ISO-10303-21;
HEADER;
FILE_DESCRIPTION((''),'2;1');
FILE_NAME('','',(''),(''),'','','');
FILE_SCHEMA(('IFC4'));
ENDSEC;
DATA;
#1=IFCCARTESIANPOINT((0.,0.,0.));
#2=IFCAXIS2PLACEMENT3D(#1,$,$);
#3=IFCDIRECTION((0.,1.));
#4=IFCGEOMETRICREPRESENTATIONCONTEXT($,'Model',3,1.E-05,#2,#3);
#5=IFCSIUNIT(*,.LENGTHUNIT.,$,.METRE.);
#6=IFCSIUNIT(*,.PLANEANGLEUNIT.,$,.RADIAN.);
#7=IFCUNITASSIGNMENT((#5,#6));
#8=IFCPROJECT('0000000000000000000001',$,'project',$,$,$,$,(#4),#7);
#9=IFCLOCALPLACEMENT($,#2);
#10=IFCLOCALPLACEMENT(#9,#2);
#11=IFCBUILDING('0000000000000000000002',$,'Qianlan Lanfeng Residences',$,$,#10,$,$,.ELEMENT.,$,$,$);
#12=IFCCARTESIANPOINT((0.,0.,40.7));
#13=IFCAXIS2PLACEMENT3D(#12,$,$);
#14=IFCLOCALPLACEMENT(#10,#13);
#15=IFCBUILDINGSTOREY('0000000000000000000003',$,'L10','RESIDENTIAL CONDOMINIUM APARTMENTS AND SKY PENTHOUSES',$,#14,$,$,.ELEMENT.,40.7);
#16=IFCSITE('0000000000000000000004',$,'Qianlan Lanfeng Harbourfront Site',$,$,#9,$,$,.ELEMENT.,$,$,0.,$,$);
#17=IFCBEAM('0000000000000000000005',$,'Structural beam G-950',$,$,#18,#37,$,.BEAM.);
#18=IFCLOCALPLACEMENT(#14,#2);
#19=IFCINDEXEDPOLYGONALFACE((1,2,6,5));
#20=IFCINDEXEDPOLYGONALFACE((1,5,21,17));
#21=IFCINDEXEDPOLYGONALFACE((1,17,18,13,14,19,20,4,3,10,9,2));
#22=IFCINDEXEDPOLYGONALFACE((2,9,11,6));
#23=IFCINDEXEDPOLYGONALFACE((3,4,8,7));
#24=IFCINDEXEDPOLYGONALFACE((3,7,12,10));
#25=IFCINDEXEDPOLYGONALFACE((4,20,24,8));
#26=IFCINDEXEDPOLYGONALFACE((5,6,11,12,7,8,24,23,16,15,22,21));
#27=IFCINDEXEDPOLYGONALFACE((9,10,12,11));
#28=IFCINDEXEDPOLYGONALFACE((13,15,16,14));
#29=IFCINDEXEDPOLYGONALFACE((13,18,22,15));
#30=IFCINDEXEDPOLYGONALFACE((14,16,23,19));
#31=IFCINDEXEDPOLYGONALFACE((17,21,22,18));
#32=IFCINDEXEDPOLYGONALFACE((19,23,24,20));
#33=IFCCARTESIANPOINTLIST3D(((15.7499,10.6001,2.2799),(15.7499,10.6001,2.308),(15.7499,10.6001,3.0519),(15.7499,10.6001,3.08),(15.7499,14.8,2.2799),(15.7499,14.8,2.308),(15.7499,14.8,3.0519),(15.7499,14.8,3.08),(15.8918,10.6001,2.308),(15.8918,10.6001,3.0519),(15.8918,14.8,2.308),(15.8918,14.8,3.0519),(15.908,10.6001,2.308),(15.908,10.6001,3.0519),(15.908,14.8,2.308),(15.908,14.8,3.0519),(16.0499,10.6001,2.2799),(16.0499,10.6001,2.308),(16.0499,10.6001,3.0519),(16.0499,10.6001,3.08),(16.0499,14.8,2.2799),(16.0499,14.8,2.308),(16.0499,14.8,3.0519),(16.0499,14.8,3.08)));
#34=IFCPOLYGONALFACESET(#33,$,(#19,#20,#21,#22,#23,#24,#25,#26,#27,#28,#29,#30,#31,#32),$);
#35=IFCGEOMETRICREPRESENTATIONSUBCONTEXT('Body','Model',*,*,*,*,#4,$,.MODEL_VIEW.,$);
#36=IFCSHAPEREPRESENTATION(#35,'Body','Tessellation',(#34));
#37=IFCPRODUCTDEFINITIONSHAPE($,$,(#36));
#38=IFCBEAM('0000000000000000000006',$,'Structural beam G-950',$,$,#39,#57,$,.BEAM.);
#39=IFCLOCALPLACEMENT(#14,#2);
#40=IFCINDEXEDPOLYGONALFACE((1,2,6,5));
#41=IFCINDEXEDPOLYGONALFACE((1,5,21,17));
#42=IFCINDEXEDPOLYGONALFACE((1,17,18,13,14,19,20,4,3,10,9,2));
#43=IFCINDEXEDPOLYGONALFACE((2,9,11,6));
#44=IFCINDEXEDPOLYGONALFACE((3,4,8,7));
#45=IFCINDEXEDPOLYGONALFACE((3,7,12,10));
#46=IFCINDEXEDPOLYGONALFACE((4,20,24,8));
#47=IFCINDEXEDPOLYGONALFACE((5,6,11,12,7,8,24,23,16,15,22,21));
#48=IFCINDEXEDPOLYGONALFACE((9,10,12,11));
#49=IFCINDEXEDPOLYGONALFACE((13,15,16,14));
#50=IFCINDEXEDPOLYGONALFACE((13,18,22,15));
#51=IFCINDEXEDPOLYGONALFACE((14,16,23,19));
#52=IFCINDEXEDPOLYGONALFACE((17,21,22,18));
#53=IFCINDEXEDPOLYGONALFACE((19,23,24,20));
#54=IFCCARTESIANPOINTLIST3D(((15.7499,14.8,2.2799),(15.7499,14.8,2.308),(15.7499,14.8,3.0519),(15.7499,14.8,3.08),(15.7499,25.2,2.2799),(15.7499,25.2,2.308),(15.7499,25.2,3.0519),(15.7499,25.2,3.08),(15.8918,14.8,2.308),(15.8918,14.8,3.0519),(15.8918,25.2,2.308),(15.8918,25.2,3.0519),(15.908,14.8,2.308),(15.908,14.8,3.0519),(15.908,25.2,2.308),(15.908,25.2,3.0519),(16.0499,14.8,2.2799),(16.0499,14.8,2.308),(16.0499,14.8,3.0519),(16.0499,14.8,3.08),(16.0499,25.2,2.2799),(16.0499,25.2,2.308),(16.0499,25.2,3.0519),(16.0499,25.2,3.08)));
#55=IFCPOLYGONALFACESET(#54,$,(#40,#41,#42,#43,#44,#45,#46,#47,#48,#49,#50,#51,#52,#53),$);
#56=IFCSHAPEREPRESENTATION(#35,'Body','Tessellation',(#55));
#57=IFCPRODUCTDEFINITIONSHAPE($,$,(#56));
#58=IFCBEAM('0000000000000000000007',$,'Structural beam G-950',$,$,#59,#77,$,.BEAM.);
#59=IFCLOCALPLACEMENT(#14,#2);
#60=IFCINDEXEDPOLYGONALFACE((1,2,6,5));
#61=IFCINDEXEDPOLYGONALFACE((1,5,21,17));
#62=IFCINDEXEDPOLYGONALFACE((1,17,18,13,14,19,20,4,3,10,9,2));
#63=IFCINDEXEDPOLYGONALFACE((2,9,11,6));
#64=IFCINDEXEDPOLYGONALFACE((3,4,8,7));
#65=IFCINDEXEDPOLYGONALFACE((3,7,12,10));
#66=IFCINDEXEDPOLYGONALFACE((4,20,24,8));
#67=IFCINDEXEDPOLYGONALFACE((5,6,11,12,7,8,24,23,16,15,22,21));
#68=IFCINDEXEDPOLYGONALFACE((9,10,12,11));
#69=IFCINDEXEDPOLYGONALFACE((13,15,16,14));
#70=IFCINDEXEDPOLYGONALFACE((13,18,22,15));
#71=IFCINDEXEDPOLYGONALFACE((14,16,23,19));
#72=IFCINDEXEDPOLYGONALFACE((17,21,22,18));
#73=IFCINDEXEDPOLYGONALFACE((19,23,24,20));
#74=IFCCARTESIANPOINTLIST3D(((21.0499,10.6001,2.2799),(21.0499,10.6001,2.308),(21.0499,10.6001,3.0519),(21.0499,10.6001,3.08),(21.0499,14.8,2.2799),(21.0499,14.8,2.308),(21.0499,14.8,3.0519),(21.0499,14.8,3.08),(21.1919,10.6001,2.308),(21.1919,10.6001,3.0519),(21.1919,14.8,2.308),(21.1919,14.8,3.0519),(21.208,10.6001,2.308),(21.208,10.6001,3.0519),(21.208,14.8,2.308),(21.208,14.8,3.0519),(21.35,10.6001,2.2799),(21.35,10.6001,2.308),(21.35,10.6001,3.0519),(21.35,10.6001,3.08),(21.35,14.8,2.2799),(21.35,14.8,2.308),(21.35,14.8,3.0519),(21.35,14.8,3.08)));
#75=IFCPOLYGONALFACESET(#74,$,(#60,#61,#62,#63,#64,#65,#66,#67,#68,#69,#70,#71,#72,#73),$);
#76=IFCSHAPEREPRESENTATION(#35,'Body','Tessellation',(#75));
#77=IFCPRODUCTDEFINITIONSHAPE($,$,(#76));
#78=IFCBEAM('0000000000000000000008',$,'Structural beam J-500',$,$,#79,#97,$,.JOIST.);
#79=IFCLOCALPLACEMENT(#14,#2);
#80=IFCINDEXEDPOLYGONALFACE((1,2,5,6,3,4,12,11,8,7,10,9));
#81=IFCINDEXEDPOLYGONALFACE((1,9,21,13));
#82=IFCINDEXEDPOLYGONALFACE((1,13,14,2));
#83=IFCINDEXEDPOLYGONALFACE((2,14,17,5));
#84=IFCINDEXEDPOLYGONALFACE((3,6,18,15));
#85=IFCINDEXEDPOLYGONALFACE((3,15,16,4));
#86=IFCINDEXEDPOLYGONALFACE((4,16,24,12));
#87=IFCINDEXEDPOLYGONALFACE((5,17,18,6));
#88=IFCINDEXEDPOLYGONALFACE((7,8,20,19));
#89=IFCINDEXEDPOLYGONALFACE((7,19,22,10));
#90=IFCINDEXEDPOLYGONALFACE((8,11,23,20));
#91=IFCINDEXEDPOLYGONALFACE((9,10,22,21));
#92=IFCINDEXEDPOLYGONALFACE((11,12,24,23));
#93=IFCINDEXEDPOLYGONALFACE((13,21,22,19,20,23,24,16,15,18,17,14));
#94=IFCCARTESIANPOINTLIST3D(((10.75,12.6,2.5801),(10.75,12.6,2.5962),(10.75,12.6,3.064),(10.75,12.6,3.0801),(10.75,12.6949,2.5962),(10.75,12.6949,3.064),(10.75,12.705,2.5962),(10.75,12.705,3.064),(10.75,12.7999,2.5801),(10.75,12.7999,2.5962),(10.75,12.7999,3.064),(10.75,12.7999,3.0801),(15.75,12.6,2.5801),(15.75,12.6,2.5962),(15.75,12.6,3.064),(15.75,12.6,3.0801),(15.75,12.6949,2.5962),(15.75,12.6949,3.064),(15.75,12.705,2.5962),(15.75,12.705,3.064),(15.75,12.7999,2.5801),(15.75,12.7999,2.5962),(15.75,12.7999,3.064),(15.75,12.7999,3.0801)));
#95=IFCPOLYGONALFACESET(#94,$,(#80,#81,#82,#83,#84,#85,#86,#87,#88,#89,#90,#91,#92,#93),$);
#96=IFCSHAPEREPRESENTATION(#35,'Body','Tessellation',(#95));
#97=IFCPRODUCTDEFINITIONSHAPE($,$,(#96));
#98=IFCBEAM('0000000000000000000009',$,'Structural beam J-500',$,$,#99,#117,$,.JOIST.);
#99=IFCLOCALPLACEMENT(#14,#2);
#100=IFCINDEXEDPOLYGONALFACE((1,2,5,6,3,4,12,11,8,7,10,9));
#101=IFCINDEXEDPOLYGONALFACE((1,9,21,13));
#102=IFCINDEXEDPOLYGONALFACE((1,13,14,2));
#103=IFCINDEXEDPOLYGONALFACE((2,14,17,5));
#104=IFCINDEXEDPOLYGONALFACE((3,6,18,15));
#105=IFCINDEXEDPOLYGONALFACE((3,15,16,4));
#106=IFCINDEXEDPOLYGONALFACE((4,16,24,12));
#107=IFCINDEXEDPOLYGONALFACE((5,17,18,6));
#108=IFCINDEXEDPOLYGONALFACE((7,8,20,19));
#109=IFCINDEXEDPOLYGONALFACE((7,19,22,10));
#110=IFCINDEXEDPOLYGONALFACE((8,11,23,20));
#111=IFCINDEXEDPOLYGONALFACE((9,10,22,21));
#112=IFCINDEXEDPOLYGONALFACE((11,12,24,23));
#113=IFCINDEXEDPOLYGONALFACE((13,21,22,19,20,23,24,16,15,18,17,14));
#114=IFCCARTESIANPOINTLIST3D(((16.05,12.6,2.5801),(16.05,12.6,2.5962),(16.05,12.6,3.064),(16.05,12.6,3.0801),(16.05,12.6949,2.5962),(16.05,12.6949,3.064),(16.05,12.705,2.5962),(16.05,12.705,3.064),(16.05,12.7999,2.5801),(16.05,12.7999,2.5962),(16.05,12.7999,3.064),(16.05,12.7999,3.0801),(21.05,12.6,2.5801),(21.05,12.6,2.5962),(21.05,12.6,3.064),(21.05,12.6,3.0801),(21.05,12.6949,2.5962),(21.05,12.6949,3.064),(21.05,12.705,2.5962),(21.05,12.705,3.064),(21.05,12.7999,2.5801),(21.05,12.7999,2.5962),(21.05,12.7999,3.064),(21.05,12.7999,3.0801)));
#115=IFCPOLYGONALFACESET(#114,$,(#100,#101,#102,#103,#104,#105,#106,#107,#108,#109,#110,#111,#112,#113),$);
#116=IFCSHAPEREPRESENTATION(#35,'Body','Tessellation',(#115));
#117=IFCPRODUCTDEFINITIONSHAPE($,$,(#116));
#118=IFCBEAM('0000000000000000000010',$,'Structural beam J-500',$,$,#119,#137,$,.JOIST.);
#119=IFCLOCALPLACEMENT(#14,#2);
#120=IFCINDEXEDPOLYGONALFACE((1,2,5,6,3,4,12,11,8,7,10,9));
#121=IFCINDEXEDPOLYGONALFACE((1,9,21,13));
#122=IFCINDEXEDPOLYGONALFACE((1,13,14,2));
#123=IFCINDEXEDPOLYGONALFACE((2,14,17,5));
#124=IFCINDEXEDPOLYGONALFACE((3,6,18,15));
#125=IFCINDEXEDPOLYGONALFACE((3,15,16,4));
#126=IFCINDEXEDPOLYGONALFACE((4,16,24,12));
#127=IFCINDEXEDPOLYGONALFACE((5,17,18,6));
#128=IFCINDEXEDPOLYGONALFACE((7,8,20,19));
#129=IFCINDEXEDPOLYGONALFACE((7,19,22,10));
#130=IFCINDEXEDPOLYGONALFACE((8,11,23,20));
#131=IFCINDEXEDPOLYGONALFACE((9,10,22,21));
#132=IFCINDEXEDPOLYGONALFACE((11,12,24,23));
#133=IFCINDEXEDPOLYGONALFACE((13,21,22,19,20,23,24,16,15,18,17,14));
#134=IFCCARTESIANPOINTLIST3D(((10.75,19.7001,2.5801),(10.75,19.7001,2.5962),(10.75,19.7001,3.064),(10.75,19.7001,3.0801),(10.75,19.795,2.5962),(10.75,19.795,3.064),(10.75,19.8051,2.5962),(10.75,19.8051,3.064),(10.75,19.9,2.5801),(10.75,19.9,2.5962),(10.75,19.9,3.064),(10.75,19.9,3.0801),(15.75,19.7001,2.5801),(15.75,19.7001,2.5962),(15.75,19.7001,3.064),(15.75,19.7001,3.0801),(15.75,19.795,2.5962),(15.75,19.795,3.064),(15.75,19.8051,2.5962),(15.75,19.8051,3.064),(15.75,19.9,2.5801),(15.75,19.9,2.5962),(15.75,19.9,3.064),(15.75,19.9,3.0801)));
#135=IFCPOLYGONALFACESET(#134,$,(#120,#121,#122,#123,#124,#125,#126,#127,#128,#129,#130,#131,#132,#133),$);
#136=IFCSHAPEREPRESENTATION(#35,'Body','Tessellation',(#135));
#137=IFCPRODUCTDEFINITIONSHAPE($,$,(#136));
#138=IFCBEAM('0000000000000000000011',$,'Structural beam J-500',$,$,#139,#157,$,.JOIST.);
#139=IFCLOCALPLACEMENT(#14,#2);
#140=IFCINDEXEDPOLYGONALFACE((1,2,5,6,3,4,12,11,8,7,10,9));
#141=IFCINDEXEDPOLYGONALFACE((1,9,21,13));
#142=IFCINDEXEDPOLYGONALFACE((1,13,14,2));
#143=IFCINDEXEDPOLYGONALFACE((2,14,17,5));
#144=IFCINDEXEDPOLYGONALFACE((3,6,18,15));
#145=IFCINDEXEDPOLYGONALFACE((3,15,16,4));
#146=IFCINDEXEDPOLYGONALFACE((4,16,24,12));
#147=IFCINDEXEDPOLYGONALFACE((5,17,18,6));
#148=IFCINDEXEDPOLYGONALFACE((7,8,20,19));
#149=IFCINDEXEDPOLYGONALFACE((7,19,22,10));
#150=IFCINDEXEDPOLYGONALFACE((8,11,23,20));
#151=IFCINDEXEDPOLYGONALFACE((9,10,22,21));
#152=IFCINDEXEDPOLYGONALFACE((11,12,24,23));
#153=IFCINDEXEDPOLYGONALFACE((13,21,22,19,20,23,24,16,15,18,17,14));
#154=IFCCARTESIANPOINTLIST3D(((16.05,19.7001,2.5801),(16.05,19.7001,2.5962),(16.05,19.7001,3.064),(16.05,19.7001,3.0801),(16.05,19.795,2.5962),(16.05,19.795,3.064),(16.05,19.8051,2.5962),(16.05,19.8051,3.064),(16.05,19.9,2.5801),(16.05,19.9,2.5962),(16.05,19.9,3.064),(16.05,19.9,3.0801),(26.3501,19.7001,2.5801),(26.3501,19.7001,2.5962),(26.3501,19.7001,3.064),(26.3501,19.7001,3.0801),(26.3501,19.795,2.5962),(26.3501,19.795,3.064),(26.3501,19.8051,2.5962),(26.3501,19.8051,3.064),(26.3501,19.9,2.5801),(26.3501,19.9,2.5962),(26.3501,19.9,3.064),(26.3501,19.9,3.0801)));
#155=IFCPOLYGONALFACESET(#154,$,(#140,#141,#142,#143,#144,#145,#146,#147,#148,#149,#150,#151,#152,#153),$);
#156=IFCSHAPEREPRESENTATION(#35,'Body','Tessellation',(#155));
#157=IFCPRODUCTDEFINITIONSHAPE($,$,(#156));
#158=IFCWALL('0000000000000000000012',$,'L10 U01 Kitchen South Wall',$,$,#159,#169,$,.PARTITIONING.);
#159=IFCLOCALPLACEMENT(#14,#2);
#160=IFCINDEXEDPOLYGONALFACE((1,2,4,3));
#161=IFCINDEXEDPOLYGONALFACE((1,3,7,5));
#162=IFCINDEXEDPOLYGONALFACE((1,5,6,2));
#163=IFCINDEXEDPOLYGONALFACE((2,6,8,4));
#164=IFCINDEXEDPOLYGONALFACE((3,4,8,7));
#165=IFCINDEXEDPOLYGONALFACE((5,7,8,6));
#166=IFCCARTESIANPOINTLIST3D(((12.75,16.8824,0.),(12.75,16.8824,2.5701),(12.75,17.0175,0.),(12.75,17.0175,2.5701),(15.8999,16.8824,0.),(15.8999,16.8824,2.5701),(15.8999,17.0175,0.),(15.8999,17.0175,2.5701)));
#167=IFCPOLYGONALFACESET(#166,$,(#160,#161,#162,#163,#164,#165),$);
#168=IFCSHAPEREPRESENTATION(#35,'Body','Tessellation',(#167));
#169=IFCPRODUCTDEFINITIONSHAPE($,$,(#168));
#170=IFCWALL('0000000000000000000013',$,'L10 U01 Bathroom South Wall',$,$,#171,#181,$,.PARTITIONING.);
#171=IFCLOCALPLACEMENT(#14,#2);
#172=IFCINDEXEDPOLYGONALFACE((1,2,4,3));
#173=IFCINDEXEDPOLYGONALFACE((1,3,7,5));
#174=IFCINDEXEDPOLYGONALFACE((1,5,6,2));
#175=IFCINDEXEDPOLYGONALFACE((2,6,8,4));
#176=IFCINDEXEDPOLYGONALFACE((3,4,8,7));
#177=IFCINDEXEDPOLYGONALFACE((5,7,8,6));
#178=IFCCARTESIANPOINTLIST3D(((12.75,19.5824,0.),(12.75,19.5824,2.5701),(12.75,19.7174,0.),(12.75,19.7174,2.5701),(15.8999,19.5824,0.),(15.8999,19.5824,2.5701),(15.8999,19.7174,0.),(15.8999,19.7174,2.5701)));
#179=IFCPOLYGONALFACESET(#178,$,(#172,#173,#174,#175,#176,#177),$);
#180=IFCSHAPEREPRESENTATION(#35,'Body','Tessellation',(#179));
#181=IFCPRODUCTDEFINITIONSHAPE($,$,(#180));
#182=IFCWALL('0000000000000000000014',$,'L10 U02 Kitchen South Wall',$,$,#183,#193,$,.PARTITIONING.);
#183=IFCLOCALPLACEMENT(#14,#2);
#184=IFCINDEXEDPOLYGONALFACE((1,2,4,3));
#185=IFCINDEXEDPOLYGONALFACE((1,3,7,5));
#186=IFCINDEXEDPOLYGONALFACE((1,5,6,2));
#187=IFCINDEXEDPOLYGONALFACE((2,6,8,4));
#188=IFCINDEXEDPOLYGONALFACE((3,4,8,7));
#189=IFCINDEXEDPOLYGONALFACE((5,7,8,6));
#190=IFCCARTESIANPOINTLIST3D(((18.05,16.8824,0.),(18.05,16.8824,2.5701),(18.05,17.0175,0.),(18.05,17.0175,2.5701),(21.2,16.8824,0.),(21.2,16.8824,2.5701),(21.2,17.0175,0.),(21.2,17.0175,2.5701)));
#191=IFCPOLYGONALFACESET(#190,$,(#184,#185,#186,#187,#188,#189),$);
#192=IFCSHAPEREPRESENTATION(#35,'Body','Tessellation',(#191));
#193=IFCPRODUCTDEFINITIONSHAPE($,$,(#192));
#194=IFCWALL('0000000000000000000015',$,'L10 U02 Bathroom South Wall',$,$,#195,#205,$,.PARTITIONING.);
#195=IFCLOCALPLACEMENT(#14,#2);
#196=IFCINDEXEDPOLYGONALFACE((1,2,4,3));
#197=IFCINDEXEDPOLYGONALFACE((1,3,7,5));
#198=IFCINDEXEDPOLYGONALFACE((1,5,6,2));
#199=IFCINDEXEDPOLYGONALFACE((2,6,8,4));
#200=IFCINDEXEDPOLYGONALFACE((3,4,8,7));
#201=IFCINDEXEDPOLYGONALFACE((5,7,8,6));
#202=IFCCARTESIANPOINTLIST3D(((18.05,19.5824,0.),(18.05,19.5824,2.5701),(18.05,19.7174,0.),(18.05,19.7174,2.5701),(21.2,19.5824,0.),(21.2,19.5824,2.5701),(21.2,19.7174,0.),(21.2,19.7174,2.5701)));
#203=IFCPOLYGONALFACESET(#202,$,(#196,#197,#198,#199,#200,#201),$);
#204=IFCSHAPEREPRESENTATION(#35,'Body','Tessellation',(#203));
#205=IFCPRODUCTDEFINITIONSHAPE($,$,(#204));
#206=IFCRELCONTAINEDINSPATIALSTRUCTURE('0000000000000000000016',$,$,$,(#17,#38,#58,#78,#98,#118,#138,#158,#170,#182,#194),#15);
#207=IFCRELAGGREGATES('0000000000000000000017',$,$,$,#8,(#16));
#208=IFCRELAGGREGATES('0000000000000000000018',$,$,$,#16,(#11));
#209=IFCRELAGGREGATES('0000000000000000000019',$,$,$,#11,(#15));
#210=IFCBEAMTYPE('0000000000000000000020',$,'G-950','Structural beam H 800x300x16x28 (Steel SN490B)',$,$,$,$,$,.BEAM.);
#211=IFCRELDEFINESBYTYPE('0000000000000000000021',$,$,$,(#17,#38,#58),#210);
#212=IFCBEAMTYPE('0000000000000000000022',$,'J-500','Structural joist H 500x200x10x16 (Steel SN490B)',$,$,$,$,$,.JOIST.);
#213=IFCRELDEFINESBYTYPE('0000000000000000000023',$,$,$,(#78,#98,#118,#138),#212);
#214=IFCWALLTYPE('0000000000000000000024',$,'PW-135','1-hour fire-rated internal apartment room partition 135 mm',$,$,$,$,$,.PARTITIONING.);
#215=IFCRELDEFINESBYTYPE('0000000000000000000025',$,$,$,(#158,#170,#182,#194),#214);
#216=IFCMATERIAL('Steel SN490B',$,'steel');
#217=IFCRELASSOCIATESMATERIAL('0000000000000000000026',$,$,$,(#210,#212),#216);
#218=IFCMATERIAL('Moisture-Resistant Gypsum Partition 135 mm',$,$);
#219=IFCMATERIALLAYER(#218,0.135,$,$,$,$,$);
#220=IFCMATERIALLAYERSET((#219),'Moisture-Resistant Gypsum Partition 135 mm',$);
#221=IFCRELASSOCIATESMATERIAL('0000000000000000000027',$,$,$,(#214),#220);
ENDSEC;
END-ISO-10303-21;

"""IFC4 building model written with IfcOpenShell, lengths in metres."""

from ifc_helpers import new_model, si_unit, direction, frame, frame_2d, origin, origin_2d, place, context, subcontext, project, spatial, rectangle, i_section, extrude, material, layer, layer_set, material_profile, profile_set, type_object, element, save


model = new_model("IFC4")

# Units and contexts
model_context = context("Model", 3, precision=1e-05, world=origin(), true_north=direction((0.0, 1.0)))
body_context = subcontext(model_context, "Body", "Model", "MODEL_VIEW")
ifc_project = project(units=[si_unit("LENGTHUNIT", "METRE"), si_unit("PLANEANGLEUNIT", "RADIAN")], contexts=[model_context])

# Site, building, storey
site_placement = place(None, origin())
site = spatial("IfcSite", under=ifc_project, at=site_placement, Name="Qianlan Lanfeng Harbourfront Site", CompositionType="ELEMENT", RefElevation=0.0)
building_placement = place(site_placement, origin())
building = spatial("IfcBuilding", under=site, at=building_placement, Name="Qianlan Lanfeng Residences", CompositionType="ELEMENT")
storey_placement = place(building_placement, frame((0.0, 0.0, 40.7)))
storey = spatial("IfcBuildingStorey", under=building, at=storey_placement, Name="L10", Description="RESIDENTIAL CONDOMINIUM APARTMENTS AND SKY PENTHOUSES", CompositionType="ELEMENT", Elevation=40.7)

# Beams
ifc_material_1 = material(Name="Steel SN490B", Category="steel")
ifc_material_profile_1 = material_profile(ifc_material_1, i_section(OverallWidth=0.3, OverallDepth=0.8, WebThickness=0.0161, FlangeThickness=0.0281, at=origin_2d()), Name="H 800x300x16x28")
ifc_profile_set_1 = profile_set([ifc_material_profile_1], Name="Steel SN490B")
beam_type_1 = type_object("IfcBeamType", Name="G-950", Description="Structural beam H 800x300x16x28 (Steel SN490B)", PredefinedType="BEAM", material=ifc_profile_set_1)
beam_1_placement = place(storey_placement, frame((15.8999, 10.6001, 2.6799), z_axis=(0.0, 1.0, 0.0), x_axis=(-1.0, 0.0, 0.0)))
element("IfcBeam", 1, at=beam_1_placement, inside=storey, type_object=beam_type_1, Name="Structural beam G-950", PredefinedType="BEAM", context=body_context, shape_type="SweptSolid", body=[
    extrude(i_section(OverallWidth=0.3, OverallDepth=0.8, WebThickness=0.0161, FlangeThickness=0.0281, at=origin_2d()), origin(), (0.0, 0.0, 1.0), 4.2),
])
beam_2_placement = place(storey_placement, frame((15.8999, 14.8, 2.6799), z_axis=(0.0, 1.0, 0.0), x_axis=(-1.0, 0.0, 0.0)))
element("IfcBeam", 2, at=beam_2_placement, inside=storey, type_object=beam_type_1, Name="Structural beam G-950", PredefinedType="BEAM", context=body_context, shape_type="SweptSolid", body=[
    extrude(i_section(OverallWidth=0.3, OverallDepth=0.8, WebThickness=0.0161, FlangeThickness=0.0281, at=origin_2d()), origin(), (0.0, 0.0, 1.0), 10.3999),
])
beam_3_placement = place(storey_placement, frame((21.2, 10.6001, 2.6799), z_axis=(0.0, 1.0, 0.0), x_axis=(-1.0, 0.0, 0.0)))
element("IfcBeam", 3, at=beam_3_placement, inside=storey, type_object=beam_type_1, Name="Structural beam G-950", PredefinedType="BEAM", context=body_context, shape_type="SweptSolid", body=[
    extrude(i_section(OverallWidth=0.3, OverallDepth=0.8, WebThickness=0.0161, FlangeThickness=0.0281, at=origin_2d()), origin(), (0.0, 0.0, 1.0), 4.2),
])
ifc_material_profile_2 = material_profile(ifc_material_1, i_section(OverallWidth=0.2, OverallDepth=0.5, WebThickness=0.01, FlangeThickness=0.0161, at=origin_2d()), Name="H 500x200x10x16")
ifc_profile_set_2 = profile_set([ifc_material_profile_2], Name="Steel SN490B")
beam_type_2 = type_object("IfcBeamType", Name="J-500", Description="Structural joist H 500x200x10x16 (Steel SN490B)", PredefinedType="JOIST", material=ifc_profile_set_2)
for number, where, z_axis, x_axis, name in (
    (4, (10.75, 12.7, 2.8301), (1.0, 0.0, 0.0), (0.0, 1.0, 0.0), "Structural beam J-500"),
    (5, (16.05, 12.7, 2.8301), (1.0, 0.0, 0.0), (0.0, 1.0, 0.0), "Structural beam J-500"),
    (6, (10.75, 19.8, 2.8301), (1.0, 0.0, 0.0), (0.0, 1.0, 0.0), "Structural beam J-500"),
):
    element("IfcBeam", number, at=place(storey_placement, frame(where, z_axis=z_axis, x_axis=x_axis)), inside=storey, type_object=beam_type_2, Name=name, PredefinedType="JOIST", context=body_context, shape_type="SweptSolid", body=[
        extrude(i_section(OverallWidth=0.2, OverallDepth=0.5, WebThickness=0.01, FlangeThickness=0.0161, at=origin_2d()), origin(), (0.0, 0.0, 1.0), 5.0),
    ])
beam_4_placement = place(storey_placement, frame((16.05, 19.8, 2.8301), z_axis=(1.0, 0.0, 0.0), x_axis=(0.0, 1.0, 0.0)))
element("IfcBeam", 7, at=beam_4_placement, inside=storey, type_object=beam_type_2, Name="Structural beam J-500", PredefinedType="JOIST", context=body_context, shape_type="SweptSolid", body=[
    extrude(i_section(OverallWidth=0.2, OverallDepth=0.5, WebThickness=0.01, FlangeThickness=0.0161, at=origin_2d()), origin(), (0.0, 0.0, 1.0), 10.3),
])

# Walls
ifc_material_2 = material(Name="Moisture-Resistant Gypsum Partition 135 mm")
ifc_layer = layer(ifc_material_2, 0.135)
ifc_layer_set = layer_set([ifc_layer], Name="Moisture-Resistant Gypsum Partition 135 mm")
wall_type = type_object("IfcWallType", Name="PW-135", Description="1-hour fire-rated internal apartment room partition 135 mm", PredefinedType="PARTITIONING", material=ifc_layer_set)
for number, where, z_axis, x_axis, name in (
    (8, (12.75, 16.95, 0.0), (0.0, 0.0, 1.0), (1.0, 0.0, 0.0), "L10 U01 Kitchen South Wall"),
    (9, (12.75, 19.6499, 0.0), (0.0, 0.0, 1.0), (1.0, 0.0, 0.0), "L10 U01 Bathroom South Wall"),
    (10, (18.05, 16.95, 0.0), (0.0, 0.0, 1.0), (1.0, 0.0, 0.0), "L10 U02 Kitchen South Wall"),
    (11, (18.05, 19.6499, 0.0), (0.0, 0.0, 1.0), (1.0, 0.0, 0.0), "L10 U02 Bathroom South Wall"),
):
    element("IfcWall", number, at=place(storey_placement, frame(where, z_axis=z_axis, x_axis=x_axis)), inside=storey, type_object=wall_type, Name=name, PredefinedType="PARTITIONING", context=body_context, shape_type="SweptSolid", body=[
        extrude(rectangle(XDim=3.1499, YDim=0.135, at=frame_2d((1.575, 0.0))), origin(), (0.0, 0.0, 1.0), 2.5701),
    ])

save(model, "model.ifc")
